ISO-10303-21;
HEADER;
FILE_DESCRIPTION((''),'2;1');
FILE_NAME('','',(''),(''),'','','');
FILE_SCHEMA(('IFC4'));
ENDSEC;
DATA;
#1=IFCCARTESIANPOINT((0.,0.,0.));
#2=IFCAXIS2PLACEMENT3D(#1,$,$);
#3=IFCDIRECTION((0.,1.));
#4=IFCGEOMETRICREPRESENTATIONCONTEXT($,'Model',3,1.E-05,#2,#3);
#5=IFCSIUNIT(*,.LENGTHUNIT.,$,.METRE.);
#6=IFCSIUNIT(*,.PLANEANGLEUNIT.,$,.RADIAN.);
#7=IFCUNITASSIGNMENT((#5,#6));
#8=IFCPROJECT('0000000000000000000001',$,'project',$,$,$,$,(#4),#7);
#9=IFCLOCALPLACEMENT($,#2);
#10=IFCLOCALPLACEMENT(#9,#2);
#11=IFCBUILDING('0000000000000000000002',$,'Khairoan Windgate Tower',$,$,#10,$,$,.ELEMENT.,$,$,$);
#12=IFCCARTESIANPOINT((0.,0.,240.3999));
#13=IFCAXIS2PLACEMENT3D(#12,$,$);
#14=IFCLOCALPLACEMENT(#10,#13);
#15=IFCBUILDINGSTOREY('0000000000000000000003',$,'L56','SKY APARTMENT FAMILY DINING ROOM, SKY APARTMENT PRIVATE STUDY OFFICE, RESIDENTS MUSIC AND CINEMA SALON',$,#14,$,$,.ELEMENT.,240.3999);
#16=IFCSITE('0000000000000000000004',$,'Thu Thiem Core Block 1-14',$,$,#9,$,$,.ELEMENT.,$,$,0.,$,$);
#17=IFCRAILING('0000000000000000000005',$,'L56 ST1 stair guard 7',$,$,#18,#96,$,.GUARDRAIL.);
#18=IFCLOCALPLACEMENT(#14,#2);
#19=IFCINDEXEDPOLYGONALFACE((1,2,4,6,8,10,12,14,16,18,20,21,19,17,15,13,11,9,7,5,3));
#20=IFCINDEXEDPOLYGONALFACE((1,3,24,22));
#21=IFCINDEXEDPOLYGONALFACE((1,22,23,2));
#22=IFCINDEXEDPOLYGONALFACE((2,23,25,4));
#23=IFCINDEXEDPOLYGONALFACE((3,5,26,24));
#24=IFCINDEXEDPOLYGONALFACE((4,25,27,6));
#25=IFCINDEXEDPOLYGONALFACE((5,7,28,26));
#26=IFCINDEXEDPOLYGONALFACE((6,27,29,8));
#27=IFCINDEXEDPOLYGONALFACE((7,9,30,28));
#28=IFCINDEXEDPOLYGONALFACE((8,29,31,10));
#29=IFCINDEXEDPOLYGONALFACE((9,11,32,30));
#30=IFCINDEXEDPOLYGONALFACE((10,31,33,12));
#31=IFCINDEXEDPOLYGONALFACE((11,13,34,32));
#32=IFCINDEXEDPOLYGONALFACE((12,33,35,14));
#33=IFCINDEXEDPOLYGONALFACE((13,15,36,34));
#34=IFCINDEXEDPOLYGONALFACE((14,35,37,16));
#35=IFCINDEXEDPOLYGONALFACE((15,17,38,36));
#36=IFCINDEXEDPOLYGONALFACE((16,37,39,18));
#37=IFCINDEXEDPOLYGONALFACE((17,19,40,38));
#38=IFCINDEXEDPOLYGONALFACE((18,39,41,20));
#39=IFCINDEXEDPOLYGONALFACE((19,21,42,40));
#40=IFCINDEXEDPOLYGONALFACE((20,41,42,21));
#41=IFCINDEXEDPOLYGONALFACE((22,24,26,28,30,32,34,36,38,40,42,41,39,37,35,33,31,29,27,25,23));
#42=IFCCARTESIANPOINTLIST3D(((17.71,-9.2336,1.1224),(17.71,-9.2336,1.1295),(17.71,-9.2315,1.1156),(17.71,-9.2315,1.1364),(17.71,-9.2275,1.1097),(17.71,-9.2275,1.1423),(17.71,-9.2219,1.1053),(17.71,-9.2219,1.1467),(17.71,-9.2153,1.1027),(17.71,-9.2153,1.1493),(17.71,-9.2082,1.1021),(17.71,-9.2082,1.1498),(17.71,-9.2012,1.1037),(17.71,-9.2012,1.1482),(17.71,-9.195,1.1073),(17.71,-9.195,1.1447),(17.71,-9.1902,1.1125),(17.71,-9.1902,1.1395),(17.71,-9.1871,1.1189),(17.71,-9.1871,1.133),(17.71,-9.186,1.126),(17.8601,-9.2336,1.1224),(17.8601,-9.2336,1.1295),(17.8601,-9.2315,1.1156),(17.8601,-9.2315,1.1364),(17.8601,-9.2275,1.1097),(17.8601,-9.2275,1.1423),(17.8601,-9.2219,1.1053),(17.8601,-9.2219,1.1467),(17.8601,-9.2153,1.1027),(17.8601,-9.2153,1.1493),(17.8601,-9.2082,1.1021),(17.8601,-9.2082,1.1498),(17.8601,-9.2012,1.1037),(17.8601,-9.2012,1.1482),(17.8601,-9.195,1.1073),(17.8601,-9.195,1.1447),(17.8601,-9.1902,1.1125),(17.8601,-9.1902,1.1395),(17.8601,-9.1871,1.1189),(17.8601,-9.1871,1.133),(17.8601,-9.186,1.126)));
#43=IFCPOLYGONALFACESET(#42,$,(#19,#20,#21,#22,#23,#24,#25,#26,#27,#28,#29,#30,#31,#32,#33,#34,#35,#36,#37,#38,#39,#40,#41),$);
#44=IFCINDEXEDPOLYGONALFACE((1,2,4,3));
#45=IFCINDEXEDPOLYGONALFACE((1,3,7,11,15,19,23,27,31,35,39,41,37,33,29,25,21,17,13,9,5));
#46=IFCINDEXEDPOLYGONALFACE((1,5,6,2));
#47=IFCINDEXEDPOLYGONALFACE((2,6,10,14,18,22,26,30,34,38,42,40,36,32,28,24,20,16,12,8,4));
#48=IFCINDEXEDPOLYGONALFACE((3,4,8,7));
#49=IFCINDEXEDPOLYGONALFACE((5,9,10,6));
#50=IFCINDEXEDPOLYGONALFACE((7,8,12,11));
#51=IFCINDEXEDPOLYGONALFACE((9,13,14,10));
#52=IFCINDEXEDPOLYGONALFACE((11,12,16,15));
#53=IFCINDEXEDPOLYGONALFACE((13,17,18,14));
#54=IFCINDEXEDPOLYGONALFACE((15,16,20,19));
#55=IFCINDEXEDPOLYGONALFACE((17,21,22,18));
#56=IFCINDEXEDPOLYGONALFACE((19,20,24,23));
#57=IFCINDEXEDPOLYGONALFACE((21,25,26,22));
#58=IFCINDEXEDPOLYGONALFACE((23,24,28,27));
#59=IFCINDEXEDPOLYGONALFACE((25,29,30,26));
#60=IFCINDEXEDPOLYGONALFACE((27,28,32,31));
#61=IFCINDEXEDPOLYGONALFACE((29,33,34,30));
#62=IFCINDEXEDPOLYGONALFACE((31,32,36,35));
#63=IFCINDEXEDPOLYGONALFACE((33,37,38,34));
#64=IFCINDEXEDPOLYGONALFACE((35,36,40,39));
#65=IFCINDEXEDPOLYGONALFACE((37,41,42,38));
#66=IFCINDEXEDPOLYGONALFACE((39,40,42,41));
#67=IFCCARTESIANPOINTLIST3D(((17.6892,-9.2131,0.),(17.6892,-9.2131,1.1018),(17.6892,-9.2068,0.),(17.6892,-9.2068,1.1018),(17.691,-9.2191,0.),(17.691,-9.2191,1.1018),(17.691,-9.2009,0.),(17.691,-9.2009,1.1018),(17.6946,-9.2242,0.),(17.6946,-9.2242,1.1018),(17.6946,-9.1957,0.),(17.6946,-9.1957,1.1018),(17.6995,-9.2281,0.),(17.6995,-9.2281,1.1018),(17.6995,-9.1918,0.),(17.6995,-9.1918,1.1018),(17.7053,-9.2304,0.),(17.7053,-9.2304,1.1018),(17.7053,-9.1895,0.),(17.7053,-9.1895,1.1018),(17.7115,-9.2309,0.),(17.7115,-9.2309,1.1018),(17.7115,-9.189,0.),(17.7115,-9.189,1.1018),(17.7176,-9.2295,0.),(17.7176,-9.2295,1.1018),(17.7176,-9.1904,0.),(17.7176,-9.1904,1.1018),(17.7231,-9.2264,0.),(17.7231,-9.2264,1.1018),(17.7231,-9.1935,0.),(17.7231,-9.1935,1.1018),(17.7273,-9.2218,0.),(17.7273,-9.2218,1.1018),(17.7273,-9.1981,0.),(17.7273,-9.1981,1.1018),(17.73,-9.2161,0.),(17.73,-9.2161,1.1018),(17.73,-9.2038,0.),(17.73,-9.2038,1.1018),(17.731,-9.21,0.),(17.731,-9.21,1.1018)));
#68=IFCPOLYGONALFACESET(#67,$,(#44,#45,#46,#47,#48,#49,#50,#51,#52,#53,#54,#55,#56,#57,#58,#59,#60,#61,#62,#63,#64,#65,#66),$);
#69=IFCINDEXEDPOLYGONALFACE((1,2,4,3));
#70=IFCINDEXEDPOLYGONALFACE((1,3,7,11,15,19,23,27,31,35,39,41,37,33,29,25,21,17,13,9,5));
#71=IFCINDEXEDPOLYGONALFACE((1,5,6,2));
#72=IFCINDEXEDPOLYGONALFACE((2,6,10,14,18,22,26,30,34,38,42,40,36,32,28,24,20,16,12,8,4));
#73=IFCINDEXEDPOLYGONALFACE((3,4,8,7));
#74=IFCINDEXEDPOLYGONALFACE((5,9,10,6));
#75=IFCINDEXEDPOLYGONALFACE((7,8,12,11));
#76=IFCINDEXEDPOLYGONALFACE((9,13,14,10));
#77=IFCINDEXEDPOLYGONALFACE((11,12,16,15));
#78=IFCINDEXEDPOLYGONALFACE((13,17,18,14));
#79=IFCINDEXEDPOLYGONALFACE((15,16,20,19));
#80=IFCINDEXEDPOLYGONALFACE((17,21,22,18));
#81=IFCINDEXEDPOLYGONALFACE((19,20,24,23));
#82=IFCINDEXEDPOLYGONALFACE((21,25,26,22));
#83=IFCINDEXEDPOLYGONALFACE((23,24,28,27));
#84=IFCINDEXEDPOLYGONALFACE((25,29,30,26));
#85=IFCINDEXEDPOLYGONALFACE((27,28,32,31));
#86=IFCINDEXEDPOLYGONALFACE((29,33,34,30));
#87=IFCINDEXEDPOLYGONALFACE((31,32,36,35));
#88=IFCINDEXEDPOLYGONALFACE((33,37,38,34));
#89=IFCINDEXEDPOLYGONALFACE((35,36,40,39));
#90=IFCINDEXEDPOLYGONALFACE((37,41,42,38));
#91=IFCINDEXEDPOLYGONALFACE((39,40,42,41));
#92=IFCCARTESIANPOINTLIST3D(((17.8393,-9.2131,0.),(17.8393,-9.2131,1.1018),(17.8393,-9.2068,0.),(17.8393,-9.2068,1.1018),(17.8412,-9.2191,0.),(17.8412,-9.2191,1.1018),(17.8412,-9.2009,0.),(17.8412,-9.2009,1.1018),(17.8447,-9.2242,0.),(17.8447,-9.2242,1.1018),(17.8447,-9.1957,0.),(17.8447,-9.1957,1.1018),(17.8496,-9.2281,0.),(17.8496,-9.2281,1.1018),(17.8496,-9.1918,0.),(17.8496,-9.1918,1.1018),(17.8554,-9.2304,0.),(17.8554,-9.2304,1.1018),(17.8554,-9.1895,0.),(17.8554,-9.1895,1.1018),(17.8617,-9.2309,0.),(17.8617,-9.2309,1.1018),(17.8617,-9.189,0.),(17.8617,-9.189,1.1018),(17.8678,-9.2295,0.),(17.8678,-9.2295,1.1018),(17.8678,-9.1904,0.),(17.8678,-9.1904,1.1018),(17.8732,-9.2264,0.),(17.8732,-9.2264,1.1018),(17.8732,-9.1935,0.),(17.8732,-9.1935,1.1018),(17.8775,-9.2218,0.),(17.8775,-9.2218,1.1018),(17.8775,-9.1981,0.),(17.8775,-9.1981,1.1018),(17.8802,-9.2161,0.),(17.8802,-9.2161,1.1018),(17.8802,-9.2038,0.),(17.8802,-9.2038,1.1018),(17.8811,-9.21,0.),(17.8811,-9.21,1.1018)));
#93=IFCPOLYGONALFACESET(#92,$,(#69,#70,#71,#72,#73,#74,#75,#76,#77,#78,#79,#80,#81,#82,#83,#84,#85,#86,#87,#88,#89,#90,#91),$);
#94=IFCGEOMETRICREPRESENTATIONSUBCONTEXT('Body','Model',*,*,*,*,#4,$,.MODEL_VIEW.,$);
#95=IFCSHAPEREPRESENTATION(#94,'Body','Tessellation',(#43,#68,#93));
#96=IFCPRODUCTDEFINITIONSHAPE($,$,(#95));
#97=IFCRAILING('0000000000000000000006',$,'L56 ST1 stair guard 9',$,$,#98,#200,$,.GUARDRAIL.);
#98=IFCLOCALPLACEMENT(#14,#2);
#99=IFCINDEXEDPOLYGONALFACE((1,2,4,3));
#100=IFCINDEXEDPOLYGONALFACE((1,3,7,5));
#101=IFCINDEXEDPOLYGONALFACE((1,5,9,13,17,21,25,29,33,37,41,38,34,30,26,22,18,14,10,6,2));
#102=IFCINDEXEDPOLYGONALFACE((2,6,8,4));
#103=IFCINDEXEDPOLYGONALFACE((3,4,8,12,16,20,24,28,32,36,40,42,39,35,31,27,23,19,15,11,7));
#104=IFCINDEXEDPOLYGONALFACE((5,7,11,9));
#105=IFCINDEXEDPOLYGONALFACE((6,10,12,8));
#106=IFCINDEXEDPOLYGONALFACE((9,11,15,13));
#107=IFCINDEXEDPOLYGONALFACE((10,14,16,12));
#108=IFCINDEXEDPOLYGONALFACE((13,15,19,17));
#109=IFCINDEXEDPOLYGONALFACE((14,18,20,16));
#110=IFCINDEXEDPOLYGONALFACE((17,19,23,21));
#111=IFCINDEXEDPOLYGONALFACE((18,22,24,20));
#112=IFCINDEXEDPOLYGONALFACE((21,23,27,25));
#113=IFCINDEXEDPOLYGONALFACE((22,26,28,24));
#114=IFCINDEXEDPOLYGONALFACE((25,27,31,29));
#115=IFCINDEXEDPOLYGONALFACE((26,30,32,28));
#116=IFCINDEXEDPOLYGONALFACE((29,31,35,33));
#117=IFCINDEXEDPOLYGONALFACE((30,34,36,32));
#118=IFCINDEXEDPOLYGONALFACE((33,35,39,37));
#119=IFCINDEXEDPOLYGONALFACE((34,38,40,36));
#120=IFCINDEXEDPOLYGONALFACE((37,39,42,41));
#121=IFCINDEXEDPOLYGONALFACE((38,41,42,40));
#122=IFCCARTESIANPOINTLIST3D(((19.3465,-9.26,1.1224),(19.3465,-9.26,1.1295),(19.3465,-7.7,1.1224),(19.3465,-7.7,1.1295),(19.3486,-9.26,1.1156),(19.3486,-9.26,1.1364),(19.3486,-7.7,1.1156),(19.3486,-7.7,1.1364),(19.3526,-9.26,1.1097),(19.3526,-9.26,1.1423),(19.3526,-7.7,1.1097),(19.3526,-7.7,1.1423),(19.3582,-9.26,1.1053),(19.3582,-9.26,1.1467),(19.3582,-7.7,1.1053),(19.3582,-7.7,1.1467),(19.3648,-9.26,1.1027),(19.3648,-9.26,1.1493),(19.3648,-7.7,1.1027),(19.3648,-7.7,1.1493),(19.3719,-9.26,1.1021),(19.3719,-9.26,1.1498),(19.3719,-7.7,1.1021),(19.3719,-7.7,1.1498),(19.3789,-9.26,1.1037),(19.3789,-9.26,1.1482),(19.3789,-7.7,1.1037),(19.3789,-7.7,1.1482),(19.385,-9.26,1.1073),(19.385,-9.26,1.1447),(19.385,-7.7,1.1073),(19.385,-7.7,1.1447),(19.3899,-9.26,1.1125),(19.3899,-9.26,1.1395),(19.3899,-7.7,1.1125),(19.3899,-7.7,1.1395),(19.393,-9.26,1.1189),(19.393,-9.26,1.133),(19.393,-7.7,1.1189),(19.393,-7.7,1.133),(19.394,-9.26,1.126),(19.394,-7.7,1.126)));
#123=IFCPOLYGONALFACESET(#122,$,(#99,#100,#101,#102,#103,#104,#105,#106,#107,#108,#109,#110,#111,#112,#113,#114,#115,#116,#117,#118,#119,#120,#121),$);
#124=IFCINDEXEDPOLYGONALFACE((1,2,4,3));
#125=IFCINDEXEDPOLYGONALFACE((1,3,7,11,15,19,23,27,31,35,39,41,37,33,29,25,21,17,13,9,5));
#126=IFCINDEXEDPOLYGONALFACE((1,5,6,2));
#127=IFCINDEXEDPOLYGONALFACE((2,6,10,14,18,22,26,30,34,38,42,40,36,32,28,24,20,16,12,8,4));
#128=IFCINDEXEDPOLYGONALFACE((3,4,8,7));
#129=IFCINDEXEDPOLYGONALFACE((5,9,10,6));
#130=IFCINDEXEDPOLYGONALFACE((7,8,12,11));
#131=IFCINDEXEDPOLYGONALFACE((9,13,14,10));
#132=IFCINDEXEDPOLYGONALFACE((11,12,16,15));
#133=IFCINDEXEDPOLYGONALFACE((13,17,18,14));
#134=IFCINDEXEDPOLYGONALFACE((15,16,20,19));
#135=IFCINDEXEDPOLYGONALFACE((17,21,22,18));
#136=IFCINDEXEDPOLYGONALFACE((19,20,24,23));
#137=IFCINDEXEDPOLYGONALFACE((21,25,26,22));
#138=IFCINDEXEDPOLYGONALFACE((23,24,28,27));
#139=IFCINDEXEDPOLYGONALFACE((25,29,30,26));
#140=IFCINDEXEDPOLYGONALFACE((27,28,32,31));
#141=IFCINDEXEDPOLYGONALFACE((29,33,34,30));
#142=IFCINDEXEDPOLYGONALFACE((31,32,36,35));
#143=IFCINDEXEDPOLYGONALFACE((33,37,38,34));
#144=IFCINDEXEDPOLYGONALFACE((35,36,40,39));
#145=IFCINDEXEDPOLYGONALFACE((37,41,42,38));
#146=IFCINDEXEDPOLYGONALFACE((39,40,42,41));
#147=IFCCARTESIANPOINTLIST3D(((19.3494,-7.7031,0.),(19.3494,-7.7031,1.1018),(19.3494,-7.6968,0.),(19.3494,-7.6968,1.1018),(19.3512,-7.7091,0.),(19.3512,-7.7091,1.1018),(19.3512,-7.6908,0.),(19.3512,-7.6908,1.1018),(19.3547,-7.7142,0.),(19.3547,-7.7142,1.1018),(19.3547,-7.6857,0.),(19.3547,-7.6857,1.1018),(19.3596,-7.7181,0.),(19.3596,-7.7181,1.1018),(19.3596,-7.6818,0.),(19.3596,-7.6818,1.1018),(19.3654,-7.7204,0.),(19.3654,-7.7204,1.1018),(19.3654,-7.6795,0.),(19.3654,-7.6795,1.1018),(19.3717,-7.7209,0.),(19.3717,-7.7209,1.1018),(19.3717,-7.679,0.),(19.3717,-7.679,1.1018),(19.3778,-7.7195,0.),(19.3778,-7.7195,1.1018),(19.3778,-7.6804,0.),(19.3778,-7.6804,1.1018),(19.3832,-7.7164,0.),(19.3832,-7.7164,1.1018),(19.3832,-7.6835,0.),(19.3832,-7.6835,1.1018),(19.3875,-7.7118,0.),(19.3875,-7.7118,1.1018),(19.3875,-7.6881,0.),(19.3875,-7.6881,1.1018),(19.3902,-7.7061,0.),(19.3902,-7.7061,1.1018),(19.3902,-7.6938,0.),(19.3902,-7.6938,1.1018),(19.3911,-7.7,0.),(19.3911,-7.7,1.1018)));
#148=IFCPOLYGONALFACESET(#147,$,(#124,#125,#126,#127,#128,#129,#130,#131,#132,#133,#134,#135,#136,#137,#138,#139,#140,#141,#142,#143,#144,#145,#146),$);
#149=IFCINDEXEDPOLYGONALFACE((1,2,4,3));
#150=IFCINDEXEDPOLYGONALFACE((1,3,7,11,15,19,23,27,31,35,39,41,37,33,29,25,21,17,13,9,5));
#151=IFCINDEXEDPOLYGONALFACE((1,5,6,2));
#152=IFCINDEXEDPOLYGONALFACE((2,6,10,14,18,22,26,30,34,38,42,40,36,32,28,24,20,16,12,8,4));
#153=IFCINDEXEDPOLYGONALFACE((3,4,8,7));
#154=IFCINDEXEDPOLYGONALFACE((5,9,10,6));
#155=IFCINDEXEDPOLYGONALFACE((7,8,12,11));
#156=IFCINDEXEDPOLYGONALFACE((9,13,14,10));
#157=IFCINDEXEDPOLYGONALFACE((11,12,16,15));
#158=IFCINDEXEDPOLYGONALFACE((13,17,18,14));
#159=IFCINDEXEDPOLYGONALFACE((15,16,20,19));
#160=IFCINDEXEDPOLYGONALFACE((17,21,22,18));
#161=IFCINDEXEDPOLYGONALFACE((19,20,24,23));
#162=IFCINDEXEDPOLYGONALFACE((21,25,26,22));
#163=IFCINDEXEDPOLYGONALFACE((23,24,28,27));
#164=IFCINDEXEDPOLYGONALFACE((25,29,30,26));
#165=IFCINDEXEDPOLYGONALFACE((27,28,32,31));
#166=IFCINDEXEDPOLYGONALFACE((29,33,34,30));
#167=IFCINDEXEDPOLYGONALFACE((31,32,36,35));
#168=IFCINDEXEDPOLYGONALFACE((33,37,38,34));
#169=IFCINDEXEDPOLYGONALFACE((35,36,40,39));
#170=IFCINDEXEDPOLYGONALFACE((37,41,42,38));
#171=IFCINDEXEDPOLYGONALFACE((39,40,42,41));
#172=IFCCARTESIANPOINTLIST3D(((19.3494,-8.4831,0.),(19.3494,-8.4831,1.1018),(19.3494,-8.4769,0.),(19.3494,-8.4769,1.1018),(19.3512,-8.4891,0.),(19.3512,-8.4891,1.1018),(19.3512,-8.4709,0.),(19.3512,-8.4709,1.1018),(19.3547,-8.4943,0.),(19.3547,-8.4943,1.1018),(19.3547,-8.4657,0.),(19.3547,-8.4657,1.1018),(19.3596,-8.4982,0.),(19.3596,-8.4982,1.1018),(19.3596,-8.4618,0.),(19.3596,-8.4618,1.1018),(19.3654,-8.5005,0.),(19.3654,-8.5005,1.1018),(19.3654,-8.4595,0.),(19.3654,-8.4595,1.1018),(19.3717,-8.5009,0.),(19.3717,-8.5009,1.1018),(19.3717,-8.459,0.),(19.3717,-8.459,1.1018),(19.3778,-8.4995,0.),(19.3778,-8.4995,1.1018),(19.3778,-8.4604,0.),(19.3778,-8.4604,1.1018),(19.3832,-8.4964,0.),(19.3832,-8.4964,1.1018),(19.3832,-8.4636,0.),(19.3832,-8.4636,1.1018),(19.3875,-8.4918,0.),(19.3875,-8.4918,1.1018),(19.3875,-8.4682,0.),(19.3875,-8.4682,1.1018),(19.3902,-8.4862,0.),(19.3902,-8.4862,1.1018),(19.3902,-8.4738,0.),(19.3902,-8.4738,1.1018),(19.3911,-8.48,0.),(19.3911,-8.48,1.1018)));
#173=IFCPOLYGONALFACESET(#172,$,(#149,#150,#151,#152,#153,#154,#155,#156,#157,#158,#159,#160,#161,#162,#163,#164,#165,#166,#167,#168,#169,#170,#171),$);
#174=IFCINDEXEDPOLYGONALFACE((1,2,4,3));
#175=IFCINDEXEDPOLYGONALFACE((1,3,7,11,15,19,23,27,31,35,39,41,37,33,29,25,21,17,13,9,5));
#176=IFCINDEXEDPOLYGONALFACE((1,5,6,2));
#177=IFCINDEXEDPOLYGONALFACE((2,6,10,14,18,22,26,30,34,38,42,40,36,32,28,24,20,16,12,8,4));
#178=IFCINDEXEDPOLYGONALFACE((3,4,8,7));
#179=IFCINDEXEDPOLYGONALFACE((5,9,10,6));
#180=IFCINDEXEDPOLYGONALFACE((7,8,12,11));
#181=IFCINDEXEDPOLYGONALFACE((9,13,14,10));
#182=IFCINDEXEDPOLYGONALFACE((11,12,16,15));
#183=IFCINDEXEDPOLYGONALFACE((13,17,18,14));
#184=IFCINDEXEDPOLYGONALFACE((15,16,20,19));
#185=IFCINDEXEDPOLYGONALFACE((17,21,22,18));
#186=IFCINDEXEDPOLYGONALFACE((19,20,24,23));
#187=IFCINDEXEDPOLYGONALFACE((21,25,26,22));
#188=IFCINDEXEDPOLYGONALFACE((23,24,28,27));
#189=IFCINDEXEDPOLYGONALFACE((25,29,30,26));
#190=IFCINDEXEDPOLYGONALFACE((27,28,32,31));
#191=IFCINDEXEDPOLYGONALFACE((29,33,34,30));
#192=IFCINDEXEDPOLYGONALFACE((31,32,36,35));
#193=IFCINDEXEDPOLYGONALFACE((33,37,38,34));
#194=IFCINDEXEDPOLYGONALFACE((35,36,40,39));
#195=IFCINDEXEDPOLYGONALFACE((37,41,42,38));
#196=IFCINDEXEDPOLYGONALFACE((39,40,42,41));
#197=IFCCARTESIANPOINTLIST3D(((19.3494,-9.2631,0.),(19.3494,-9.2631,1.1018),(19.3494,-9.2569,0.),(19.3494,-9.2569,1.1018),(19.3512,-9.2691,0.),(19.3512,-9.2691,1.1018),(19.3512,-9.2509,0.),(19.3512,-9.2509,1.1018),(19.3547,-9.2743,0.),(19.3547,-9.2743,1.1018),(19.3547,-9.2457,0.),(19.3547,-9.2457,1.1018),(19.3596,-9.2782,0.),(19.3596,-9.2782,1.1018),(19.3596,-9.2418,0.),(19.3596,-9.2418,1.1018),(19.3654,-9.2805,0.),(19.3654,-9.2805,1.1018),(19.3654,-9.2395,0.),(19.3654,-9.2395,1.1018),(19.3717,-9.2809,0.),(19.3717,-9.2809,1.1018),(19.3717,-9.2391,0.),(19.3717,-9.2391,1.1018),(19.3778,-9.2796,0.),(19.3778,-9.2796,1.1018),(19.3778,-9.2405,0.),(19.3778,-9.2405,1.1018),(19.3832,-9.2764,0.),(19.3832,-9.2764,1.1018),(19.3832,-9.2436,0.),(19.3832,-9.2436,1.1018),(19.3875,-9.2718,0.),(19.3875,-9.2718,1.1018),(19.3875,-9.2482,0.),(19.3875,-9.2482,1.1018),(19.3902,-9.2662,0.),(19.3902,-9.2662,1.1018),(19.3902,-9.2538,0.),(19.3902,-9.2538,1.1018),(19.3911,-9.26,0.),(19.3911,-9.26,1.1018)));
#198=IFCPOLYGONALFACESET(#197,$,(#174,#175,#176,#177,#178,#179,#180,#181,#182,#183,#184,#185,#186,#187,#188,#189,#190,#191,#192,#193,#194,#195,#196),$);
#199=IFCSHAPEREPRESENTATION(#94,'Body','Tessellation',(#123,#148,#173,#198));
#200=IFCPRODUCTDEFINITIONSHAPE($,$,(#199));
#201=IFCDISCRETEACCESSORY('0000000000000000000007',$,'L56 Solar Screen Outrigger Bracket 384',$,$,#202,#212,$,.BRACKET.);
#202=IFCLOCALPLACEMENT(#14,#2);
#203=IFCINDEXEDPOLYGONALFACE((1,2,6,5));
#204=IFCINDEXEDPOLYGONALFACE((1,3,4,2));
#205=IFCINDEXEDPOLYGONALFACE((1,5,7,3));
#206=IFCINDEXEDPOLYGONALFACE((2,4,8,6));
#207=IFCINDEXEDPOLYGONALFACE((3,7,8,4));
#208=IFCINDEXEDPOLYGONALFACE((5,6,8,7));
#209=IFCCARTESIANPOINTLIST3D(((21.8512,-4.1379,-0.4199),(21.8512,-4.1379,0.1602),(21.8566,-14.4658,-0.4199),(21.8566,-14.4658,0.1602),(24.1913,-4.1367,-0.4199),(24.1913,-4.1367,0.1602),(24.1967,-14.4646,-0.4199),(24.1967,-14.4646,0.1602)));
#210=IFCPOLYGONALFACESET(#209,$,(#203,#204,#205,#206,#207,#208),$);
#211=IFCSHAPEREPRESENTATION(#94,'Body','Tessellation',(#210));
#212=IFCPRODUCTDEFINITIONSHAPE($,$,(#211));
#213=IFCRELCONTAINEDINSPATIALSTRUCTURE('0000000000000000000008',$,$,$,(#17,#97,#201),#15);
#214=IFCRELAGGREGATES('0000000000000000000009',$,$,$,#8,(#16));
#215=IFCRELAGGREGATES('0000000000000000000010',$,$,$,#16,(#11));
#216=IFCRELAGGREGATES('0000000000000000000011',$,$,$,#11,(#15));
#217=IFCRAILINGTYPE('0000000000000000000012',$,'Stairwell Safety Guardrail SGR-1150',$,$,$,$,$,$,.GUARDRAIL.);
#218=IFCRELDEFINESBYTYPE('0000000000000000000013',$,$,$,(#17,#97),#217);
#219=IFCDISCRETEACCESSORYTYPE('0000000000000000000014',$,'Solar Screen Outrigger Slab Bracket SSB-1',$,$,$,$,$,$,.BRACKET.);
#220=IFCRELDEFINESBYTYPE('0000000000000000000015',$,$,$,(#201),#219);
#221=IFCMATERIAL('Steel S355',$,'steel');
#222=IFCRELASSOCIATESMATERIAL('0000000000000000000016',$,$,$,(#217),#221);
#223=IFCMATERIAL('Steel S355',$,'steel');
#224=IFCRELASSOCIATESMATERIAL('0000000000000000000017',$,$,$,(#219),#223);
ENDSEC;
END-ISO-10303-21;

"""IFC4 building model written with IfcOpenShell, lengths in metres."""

from ifc_helpers import new_model, si_unit, direction, frame, origin, origin_2d, place, context, subcontext, project, spatial, rectangle, circle, extrude, material, type_object, element, save


model = new_model("IFC4")

# Units and contexts
model_context = context("Model", 3, precision=1e-05, world=origin(), true_north=direction((0.0, 1.0)))
body_context = subcontext(model_context, "Body", "Model", "MODEL_VIEW")
ifc_project = project(units=[si_unit("LENGTHUNIT", "METRE"), si_unit("PLANEANGLEUNIT", "RADIAN")], contexts=[model_context])

# Site, building, storey
site_placement = place(None, origin())
site = spatial("IfcSite", under=ifc_project, at=site_placement, Name="Thu Thiem Core Block 1-14", CompositionType="ELEMENT", RefElevation=0.0)
building_placement = place(site_placement, origin())
building = spatial("IfcBuilding", under=site, at=building_placement, Name="Khairoan Windgate Tower", CompositionType="ELEMENT")
storey_placement = place(building_placement, frame((0.0, 0.0, 240.3999)))
storey = spatial("IfcBuildingStorey", under=building, at=storey_placement, Name="L56", Description="SKY APARTMENT FAMILY DINING ROOM, SKY APARTMENT PRIVATE STUDY OFFICE, RESIDENTS MUSIC AND CINEMA SALON", CompositionType="ELEMENT", Elevation=240.3999)

# Railings
ifc_material_1 = material(Name="Steel S355", Category="steel")
railing_type_1 = type_object("IfcRailingType", Name="Stairwell Safety Guardrail SGR-1150", PredefinedType="GUARDRAIL", material=ifc_material_1)
railing_1_placement = place(storey_placement, frame((17.71, -9.21, 0.0)))
element("IfcRailing", 1, at=railing_1_placement, inside=storey, type_object=railing_type_1, Name="L56 ST1 stair guard 7", PredefinedType="GUARDRAIL", context=body_context, shape_type="SweptSolid", body=[
    extrude(circle(Radius=0.0239, at=origin_2d()), frame((0.0, 0.0, 1.126), z_axis=(1.0, 0.0, 0.0), x_axis=(0.0, 1.0, 0.0)), (0.0, 0.0, 1.0), 0.1501),
    extrude(circle(Radius=0.021, at=origin_2d()), origin(), (0.0, 0.0, 1.0), 1.1018),
    extrude(circle(Radius=0.021, at=origin_2d()), frame((0.1501, 0.0, 0.0)), (0.0, 0.0, 1.0), 1.1018),
])
railing_2_placement = place(storey_placement, frame((19.3701, -7.7, 0.0)))
element("IfcRailing", 2, at=railing_2_placement, inside=storey, type_object=railing_type_1, Name="L56 ST1 stair guard 9", PredefinedType="GUARDRAIL", context=body_context, shape_type="SweptSolid", body=[
    extrude(circle(Radius=0.0239, at=origin_2d()), frame((0.0, 0.0, 1.126), z_axis=(0.0, -1.0, 0.0), x_axis=(1.0, 0.0, 0.0)), (0.0, 0.0, 1.0), 1.5601),
    extrude(circle(Radius=0.021, at=origin_2d()), origin(), (0.0, 0.0, 1.0), 1.1018),
    extrude(circle(Radius=0.021, at=origin_2d()), frame((0.0, -0.78, 0.0)), (0.0, 0.0, 1.0), 1.1018),
    extrude(circle(Radius=0.021, at=origin_2d()), frame((0.0, -1.5601, 0.0)), (0.0, 0.0, 1.0), 1.1018),
])

# Discrete accessory
ifc_material_2 = material(Name="Steel S355", Category="steel")
discrete_accessory_type = type_object("IfcDiscreteAccessoryType", Name="Solar Screen Outrigger Slab Bracket SSB-1", PredefinedType="BRACKET", material=ifc_material_2)
discrete_accessory_placement = place(storey_placement, frame((23.0239, -9.3013, -0.4199), z_axis=(0.0, 0.0, 1.0), x_axis=(0.000524, -1.0, 0.0)))
element("IfcDiscreteAccessory", 3, at=discrete_accessory_placement, inside=storey, type_object=discrete_accessory_type, Name="L56 Solar Screen Outrigger Bracket 384", PredefinedType="BRACKET", context=body_context, shape_type="SweptSolid", body=[
    extrude(rectangle(XDim=10.3279, YDim=2.3401, at=origin_2d()), origin(), (0.0, 0.0, 1.0), 0.5801),
])

save(model, "model.ifc")
